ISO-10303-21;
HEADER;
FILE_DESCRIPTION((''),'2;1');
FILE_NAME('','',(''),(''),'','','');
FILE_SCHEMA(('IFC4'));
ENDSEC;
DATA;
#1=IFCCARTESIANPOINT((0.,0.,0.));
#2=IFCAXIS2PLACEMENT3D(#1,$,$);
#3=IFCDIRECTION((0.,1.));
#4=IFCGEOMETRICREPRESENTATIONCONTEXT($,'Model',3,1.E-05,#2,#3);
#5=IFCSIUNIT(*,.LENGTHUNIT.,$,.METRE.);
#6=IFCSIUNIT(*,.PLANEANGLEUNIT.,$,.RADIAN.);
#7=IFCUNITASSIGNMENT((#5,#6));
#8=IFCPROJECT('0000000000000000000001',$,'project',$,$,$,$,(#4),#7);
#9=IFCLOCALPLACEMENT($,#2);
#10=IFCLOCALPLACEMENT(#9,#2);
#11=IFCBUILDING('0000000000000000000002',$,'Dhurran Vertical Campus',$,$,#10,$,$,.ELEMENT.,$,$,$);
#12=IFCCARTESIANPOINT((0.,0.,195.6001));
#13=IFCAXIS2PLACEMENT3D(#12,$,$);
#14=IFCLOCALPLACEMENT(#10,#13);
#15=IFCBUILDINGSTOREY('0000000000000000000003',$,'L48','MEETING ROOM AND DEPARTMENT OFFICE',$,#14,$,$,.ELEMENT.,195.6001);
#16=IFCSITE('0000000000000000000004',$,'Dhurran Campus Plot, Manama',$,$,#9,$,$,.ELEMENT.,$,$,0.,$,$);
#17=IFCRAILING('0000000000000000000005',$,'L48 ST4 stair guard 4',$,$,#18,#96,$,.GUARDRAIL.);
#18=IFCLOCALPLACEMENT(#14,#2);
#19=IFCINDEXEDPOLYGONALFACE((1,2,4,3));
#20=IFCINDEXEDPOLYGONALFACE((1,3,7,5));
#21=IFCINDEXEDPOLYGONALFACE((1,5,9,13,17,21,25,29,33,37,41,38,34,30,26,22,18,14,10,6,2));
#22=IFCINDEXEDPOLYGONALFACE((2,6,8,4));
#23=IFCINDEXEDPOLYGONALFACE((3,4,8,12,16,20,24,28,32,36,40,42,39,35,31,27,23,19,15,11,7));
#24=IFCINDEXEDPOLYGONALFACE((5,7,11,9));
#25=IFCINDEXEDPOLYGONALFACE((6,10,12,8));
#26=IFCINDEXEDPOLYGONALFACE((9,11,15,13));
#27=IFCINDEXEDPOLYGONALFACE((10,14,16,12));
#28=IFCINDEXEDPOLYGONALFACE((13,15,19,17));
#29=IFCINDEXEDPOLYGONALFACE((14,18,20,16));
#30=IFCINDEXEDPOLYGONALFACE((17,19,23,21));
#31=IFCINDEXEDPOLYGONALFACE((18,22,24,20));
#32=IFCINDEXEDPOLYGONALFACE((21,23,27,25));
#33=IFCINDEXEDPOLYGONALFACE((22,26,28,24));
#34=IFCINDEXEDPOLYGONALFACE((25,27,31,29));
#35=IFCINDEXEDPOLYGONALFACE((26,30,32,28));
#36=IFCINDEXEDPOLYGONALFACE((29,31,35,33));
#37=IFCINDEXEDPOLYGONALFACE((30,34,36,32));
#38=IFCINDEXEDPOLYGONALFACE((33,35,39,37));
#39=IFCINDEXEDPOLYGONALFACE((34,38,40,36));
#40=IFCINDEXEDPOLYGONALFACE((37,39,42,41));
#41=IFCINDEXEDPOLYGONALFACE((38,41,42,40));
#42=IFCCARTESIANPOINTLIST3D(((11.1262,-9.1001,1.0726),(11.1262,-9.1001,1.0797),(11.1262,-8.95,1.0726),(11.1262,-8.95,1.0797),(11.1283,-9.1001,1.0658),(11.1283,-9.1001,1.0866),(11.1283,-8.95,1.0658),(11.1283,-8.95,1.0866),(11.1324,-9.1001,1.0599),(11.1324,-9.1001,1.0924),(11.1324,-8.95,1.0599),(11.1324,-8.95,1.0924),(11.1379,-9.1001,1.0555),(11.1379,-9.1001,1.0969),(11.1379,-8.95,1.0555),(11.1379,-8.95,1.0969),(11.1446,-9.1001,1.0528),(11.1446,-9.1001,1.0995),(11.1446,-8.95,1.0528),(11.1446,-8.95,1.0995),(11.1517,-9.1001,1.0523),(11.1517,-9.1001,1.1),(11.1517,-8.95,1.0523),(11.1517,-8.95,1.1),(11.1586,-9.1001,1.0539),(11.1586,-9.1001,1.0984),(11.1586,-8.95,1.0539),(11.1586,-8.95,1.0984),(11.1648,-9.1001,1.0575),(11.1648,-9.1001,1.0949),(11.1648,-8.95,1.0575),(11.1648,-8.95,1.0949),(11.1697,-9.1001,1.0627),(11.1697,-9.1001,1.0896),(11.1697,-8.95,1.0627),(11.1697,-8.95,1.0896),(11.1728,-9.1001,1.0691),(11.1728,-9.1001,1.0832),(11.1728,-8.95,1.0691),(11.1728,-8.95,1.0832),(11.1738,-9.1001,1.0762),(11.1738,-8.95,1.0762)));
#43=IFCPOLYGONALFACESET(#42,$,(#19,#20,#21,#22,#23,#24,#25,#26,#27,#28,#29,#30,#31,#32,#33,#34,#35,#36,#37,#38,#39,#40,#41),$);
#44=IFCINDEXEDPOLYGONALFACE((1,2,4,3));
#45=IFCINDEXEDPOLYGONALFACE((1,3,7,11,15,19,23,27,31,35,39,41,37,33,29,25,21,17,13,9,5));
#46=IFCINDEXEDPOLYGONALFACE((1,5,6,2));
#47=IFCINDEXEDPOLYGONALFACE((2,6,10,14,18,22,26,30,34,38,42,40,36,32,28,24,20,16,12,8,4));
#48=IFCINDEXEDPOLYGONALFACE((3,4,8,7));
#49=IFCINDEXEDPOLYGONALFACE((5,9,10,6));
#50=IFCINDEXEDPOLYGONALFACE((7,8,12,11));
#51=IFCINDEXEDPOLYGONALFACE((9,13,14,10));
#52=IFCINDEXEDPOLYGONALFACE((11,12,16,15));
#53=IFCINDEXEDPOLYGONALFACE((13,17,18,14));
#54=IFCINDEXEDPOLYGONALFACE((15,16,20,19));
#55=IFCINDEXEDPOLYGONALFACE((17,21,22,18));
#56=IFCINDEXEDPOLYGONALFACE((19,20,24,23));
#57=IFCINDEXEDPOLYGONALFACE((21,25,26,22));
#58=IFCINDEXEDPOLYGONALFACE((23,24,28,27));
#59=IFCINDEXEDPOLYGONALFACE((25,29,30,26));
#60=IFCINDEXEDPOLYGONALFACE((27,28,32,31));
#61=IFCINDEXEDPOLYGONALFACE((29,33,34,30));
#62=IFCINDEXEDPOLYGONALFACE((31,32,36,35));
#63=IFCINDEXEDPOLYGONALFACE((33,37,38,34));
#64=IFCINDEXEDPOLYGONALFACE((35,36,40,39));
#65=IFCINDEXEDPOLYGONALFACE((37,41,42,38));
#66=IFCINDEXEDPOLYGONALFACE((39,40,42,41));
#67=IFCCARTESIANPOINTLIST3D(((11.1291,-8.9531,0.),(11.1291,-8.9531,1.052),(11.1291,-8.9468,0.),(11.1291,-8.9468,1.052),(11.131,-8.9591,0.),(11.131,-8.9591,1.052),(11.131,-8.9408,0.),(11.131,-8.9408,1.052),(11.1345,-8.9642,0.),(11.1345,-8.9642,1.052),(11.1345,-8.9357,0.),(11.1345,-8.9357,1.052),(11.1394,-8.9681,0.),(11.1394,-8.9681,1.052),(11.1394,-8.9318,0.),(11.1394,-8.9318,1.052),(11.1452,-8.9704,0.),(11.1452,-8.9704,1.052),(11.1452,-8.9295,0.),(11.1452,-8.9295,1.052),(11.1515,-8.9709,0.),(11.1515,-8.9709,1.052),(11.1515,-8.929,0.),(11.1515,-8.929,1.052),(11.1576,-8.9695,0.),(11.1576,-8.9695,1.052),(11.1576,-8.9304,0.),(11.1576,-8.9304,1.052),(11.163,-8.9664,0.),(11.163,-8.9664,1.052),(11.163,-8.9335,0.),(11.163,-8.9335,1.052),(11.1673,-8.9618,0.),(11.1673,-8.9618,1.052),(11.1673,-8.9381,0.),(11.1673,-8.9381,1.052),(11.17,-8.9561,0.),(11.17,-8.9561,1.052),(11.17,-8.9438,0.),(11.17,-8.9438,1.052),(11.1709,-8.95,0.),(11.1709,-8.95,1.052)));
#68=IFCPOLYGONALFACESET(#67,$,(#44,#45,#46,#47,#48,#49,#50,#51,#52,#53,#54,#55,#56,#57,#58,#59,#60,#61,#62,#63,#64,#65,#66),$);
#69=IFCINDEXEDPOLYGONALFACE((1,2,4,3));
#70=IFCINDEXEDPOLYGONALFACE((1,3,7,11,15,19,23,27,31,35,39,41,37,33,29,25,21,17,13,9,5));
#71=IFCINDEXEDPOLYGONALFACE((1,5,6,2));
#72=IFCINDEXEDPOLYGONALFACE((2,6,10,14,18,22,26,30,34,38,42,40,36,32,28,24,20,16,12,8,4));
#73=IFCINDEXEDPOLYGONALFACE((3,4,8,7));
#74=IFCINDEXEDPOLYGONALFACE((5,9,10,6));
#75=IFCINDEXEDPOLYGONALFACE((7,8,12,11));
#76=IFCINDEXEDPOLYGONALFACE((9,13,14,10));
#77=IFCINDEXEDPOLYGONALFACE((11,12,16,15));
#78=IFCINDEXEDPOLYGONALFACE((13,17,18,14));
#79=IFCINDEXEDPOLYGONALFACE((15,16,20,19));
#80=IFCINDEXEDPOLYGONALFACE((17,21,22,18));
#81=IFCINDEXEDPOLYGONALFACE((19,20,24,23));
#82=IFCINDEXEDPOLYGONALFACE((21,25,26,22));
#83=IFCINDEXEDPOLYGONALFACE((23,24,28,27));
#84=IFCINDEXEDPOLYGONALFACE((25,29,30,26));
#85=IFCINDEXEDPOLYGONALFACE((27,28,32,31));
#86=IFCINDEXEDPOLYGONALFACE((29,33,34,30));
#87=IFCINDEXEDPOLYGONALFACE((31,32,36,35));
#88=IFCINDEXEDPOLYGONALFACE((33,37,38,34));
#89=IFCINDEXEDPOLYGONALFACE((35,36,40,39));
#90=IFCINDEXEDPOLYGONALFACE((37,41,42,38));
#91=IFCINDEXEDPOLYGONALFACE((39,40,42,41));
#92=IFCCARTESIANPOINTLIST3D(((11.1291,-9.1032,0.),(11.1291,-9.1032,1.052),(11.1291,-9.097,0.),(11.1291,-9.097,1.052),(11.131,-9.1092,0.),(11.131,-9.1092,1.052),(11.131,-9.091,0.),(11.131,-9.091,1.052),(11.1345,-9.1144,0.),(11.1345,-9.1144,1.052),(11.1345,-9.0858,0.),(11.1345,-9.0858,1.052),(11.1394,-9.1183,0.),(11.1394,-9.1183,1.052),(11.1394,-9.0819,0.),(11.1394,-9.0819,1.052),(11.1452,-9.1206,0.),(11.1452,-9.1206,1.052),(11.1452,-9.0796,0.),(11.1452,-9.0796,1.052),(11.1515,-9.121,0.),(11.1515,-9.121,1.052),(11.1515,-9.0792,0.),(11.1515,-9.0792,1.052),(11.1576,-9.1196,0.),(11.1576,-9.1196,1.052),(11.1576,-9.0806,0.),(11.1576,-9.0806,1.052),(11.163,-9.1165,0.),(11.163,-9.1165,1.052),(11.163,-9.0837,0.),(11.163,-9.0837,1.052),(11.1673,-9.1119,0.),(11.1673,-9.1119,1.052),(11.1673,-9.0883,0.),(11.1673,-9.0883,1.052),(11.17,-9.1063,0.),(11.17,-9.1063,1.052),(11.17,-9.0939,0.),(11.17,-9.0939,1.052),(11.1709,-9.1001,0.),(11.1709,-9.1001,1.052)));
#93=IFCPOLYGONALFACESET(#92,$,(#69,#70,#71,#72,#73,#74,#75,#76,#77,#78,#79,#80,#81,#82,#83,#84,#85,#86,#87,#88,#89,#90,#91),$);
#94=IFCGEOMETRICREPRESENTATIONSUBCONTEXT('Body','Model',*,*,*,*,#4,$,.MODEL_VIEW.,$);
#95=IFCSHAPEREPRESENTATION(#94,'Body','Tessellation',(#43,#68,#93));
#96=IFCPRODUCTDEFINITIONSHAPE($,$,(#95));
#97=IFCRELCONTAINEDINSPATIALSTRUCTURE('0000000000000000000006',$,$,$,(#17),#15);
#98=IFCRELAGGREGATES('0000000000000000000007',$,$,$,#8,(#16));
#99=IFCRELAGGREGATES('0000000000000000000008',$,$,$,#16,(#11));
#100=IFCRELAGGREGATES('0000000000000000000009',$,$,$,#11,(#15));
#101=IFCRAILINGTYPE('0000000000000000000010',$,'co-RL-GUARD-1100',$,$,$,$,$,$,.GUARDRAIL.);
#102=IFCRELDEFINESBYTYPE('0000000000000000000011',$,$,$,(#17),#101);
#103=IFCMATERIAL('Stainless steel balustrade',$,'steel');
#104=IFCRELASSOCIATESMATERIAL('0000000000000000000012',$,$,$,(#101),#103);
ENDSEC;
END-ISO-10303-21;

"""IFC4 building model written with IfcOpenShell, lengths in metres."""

from ifc_helpers import new_model, si_unit, direction, frame, origin, origin_2d, place, context, subcontext, project, spatial, circle, extrude, material, type_object, element, save


model = new_model("IFC4")

# Units and contexts
model_context = context("Model", 3, precision=1e-05, world=origin(), true_north=direction((0.0, 1.0)))
body_context = subcontext(model_context, "Body", "Model", "MODEL_VIEW")
ifc_project = project(units=[si_unit("LENGTHUNIT", "METRE"), si_unit("PLANEANGLEUNIT", "RADIAN")], contexts=[model_context])

# Site, building, storey
site_placement = place(None, origin())
site = spatial("IfcSite", under=ifc_project, at=site_placement, Name="Dhurran Campus Plot, Manama", CompositionType="ELEMENT", RefElevation=0.0)
building_placement = place(site_placement, origin())
building = spatial("IfcBuilding", under=site, at=building_placement, Name="Dhurran Vertical Campus", CompositionType="ELEMENT")
storey_placement = place(building_placement, frame((0.0, 0.0, 195.6001)))
storey = spatial("IfcBuildingStorey", under=building, at=storey_placement, Name="L48", Description="MEETING ROOM AND DEPARTMENT OFFICE", CompositionType="ELEMENT", Elevation=195.6001)

# Railing
ifc_material_1 = material(Name="Stainless steel balustrade", Category="steel")
railing_type_1 = type_object("IfcRailingType", Name="co-RL-GUARD-1100", PredefinedType="GUARDRAIL", material=ifc_material_1)
railing_1_placement = place(storey_placement, frame((11.1499, -8.95, 0.0)))
element("IfcRailing", 1, at=railing_1_placement, inside=storey, type_object=railing_type_1, Name="L48 ST4 stair guard 4", PredefinedType="GUARDRAIL", context=body_context, shape_type="SweptSolid", body=[
    extrude(circle(Radius=0.0239, at=origin_2d()), frame((0.0, 0.0, 1.0762), z_axis=(0.0, -1.0, 0.0), x_axis=(1.0, 0.0, 0.0)), (0.0, 0.0, 1.0), 0.1501),
    extrude(circle(Radius=0.021, at=origin_2d()), origin(), (0.0, 0.0, 1.0), 1.052),
    extrude(circle(Radius=0.021, at=origin_2d()), frame((0.0, -0.1501, 0.0)), (0.0, 0.0, 1.0), 1.052),
])

save(model, "model.ifc")
